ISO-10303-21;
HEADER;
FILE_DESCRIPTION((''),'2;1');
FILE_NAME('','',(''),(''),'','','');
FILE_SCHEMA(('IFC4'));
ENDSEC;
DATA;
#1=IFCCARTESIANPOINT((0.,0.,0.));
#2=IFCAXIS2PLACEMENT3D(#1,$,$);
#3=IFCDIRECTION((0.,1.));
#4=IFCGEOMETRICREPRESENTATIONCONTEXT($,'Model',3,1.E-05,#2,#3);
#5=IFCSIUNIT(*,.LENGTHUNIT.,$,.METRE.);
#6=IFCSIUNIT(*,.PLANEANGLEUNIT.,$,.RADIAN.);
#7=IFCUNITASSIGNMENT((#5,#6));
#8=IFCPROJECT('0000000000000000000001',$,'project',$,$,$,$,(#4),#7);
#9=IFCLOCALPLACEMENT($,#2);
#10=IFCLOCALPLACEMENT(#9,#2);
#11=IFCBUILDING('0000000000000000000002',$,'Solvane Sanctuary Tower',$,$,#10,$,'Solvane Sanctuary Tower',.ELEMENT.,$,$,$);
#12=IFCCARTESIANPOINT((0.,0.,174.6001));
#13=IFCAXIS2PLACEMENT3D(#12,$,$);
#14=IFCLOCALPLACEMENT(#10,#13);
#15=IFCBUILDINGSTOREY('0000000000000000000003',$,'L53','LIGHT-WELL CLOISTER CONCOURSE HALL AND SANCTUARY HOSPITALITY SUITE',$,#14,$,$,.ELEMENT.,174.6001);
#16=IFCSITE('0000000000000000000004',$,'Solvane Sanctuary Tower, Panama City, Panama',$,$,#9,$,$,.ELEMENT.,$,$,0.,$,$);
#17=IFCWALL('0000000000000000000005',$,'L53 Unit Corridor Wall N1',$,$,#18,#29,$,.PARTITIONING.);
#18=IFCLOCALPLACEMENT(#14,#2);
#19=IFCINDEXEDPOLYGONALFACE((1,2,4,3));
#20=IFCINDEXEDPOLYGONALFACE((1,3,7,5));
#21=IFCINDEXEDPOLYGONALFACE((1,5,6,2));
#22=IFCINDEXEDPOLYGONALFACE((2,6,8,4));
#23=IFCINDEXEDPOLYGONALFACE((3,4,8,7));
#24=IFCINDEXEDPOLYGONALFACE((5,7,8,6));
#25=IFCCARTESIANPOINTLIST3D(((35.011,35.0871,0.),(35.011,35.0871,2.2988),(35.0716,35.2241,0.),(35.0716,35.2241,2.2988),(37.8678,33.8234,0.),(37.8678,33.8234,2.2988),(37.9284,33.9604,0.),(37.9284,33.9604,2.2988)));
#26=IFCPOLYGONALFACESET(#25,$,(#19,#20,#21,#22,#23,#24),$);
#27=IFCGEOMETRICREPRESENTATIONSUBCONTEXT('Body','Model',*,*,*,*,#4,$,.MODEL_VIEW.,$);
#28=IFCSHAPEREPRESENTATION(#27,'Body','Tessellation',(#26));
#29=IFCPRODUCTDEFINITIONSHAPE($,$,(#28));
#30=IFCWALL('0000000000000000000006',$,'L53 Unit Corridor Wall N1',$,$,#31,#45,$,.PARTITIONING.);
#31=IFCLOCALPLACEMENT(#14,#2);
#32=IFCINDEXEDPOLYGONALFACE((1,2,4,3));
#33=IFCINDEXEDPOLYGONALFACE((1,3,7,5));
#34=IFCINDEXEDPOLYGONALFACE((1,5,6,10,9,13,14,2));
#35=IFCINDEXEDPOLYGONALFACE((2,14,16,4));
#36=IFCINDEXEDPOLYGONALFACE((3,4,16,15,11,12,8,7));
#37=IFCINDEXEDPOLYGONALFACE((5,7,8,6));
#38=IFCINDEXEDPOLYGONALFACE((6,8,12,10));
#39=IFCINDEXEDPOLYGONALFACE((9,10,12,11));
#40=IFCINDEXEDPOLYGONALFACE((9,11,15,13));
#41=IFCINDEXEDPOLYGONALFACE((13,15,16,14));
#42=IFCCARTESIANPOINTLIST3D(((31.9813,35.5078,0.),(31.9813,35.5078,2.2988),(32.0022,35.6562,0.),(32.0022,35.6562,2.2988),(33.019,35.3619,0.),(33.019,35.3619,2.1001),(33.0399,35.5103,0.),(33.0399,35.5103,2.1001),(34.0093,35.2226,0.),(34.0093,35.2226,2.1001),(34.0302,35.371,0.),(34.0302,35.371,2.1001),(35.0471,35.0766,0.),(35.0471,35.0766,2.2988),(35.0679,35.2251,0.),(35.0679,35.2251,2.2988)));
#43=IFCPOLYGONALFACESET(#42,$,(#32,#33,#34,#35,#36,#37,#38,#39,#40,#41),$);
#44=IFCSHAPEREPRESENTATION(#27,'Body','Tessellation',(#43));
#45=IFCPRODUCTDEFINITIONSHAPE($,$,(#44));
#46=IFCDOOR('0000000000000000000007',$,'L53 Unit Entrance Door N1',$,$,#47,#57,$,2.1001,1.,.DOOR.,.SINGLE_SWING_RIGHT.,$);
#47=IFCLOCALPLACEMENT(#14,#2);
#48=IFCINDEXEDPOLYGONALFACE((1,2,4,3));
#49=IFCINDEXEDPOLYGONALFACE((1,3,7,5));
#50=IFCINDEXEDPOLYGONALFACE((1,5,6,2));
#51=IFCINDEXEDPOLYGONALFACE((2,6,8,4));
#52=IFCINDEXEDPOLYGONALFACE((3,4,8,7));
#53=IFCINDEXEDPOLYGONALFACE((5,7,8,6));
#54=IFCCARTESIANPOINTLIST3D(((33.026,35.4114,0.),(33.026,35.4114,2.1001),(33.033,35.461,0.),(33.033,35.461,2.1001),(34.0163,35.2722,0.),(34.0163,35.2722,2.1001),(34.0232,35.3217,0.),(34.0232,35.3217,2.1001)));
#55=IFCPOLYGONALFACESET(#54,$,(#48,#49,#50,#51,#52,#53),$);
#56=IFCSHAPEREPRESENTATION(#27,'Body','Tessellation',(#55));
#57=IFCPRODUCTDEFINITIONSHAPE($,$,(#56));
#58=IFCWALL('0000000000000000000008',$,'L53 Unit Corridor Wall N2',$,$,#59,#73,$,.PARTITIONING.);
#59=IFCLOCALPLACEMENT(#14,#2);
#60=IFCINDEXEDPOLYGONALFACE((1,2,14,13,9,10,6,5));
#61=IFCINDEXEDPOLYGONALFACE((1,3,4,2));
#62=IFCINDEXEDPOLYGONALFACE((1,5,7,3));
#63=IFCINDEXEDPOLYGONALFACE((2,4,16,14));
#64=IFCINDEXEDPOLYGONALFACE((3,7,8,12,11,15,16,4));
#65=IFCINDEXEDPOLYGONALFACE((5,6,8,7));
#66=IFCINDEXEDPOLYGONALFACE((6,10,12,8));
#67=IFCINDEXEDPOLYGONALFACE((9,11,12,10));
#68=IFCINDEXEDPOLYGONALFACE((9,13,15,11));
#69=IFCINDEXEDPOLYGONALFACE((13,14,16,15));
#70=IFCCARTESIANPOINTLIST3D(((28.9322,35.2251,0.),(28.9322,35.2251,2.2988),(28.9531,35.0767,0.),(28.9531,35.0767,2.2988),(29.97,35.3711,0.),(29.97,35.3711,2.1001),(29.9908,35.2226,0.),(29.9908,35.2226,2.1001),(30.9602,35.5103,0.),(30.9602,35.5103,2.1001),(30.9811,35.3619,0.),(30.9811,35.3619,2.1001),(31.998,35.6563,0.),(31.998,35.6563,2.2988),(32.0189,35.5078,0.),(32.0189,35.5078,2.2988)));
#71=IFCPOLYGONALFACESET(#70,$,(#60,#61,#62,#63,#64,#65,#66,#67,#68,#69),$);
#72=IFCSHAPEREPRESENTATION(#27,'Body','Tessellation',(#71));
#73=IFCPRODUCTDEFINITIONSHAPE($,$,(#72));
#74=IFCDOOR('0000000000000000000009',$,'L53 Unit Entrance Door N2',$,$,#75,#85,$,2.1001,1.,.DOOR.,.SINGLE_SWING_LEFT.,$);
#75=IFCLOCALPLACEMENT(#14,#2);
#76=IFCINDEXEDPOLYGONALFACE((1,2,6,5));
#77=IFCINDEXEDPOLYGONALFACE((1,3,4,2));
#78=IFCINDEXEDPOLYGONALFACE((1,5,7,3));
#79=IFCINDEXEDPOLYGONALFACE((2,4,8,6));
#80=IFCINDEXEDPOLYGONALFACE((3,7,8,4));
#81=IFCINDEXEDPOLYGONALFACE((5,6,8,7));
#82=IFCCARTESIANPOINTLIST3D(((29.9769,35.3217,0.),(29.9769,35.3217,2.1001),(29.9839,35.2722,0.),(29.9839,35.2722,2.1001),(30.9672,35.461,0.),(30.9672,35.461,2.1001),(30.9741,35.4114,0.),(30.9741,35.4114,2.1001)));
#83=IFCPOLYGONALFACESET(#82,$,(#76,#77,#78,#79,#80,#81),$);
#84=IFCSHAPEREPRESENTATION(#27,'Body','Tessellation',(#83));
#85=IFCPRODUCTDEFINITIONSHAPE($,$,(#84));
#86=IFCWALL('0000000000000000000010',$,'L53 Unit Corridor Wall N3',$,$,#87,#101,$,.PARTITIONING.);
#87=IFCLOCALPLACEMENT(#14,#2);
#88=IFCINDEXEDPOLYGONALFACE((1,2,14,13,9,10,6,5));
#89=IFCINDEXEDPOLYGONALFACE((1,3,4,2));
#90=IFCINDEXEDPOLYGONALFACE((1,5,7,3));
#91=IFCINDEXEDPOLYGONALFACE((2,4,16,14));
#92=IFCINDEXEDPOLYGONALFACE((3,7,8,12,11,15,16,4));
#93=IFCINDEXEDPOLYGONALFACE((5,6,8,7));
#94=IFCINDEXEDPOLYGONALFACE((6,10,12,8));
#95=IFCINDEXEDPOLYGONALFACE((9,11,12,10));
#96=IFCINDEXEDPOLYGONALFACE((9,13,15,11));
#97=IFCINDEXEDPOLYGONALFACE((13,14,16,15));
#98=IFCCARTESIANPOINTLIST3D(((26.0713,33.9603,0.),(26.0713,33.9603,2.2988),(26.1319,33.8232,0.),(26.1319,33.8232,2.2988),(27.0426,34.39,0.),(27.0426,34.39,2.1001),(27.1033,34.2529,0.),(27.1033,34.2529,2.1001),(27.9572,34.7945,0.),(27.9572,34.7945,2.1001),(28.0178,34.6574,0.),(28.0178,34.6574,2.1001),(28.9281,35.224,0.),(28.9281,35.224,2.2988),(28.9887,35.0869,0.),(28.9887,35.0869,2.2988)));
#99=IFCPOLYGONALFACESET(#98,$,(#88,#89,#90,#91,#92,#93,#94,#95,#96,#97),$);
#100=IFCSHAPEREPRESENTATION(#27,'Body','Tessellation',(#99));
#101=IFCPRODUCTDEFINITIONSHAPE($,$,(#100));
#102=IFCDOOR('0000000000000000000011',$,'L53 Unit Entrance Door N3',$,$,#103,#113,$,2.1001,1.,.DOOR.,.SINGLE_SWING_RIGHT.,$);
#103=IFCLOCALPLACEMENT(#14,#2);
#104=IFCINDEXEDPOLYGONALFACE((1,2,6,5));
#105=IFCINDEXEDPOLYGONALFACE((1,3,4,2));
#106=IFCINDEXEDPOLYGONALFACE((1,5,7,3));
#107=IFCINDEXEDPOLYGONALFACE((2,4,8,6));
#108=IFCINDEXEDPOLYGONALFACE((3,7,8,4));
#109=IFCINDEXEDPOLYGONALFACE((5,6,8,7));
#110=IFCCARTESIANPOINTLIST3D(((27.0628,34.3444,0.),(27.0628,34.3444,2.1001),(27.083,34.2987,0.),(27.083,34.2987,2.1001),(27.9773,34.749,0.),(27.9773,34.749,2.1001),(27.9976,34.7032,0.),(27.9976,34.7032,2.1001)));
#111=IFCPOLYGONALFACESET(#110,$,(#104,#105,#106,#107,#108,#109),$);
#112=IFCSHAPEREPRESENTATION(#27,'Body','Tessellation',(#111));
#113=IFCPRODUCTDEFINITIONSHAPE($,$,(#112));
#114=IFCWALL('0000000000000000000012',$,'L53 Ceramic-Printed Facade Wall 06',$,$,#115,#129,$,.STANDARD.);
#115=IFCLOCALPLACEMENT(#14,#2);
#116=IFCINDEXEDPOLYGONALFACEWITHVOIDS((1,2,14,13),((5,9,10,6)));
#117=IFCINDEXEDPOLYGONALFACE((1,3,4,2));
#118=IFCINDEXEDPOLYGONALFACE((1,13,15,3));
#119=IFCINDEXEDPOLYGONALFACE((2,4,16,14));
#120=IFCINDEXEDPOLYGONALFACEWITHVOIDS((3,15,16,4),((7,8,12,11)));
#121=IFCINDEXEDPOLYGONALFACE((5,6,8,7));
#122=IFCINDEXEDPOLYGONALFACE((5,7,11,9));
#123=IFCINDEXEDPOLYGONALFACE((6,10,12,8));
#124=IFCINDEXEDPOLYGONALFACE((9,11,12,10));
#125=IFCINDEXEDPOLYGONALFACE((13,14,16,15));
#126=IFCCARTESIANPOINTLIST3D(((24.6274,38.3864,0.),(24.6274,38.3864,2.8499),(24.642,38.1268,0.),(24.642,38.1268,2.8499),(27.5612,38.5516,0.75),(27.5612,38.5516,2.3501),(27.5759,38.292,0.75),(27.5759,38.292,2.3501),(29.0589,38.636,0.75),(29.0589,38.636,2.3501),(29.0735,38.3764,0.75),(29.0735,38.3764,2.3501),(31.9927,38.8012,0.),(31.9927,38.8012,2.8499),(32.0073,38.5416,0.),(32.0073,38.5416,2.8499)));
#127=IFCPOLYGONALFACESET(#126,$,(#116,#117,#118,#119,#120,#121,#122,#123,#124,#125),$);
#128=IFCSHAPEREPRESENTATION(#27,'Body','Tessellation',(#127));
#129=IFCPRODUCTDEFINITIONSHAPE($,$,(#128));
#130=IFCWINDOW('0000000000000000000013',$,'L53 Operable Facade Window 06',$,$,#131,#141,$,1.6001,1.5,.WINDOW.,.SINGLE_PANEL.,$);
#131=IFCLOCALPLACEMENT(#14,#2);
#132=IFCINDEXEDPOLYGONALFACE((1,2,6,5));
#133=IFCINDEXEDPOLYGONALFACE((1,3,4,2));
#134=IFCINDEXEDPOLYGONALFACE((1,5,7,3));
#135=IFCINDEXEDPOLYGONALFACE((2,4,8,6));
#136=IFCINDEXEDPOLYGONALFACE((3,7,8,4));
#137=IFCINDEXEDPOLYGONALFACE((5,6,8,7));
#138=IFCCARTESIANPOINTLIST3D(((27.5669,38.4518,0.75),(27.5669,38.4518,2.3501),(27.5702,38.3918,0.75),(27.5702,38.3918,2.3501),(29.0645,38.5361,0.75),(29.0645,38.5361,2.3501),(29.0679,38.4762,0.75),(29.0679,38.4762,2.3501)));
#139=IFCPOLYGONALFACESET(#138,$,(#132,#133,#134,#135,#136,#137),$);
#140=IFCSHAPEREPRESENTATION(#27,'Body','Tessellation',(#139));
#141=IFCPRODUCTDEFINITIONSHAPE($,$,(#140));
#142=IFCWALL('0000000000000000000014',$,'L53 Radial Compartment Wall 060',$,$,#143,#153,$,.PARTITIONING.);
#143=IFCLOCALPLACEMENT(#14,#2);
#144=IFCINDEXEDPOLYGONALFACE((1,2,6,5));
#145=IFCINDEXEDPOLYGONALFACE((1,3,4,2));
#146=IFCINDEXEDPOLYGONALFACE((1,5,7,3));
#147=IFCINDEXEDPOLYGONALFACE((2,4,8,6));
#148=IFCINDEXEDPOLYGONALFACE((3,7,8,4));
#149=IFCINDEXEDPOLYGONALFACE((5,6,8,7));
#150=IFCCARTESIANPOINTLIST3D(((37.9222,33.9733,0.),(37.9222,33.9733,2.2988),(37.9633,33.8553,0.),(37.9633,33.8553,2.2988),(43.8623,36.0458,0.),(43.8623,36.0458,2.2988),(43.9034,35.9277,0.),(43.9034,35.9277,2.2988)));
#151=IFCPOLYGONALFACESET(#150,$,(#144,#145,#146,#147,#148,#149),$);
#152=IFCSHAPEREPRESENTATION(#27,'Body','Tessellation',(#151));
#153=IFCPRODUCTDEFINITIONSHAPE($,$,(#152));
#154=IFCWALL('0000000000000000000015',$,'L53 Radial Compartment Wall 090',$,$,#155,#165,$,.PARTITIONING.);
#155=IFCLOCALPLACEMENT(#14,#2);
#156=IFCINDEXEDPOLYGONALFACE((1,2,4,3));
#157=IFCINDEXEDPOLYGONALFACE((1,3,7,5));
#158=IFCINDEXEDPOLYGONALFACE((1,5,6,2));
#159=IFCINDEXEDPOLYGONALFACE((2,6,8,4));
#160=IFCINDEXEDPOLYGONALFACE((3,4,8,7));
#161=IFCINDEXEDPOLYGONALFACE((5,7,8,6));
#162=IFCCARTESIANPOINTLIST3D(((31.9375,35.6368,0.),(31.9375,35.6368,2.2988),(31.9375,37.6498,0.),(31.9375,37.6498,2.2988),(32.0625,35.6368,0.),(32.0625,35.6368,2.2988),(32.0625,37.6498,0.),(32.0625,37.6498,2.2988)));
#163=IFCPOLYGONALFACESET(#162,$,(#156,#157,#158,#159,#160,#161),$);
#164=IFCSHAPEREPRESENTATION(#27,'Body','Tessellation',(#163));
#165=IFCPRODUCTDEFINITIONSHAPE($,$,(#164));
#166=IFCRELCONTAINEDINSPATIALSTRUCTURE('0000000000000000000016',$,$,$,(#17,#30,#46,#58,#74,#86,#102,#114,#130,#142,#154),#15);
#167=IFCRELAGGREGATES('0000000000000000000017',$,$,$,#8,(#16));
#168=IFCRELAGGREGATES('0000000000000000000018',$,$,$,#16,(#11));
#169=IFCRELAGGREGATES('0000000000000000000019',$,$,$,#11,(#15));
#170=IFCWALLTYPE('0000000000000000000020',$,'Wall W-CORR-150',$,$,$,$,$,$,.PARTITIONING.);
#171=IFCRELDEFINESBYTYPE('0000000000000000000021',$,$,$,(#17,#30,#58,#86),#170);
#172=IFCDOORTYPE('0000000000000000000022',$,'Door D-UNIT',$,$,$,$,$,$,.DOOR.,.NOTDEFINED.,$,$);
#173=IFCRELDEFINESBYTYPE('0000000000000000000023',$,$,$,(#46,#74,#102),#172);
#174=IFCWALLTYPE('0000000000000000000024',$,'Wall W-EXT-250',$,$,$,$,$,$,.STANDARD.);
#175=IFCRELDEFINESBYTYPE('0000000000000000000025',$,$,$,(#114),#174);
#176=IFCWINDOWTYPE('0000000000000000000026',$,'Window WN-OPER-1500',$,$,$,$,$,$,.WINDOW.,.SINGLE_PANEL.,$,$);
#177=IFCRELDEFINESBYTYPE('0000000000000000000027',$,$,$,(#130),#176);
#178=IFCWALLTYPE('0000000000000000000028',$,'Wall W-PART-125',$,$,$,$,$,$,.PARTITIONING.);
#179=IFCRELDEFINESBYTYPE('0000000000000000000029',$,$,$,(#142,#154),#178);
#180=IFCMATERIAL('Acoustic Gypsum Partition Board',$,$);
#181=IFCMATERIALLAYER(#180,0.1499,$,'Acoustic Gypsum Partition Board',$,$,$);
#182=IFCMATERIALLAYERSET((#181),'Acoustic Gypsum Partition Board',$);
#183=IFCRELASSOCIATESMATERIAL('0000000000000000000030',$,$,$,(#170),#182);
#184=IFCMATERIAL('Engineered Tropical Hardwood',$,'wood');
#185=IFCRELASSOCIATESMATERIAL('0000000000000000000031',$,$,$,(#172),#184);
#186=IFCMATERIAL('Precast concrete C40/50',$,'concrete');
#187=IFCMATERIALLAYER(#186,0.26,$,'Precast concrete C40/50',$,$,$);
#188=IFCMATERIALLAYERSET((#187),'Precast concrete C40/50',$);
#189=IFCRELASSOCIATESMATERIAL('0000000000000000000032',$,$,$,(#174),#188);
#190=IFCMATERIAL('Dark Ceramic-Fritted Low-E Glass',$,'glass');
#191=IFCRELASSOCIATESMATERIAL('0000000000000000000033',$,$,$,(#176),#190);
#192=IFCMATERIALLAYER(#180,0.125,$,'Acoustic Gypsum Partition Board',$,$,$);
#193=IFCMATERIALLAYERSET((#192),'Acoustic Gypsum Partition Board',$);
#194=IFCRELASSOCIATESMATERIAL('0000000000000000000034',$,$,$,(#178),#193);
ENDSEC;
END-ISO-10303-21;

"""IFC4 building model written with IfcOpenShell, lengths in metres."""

from ifc_helpers import new_model, si_unit, direction, frame, frame_2d, origin, place, context, subcontext, project, spatial, rectangle, extrude, material, layer, layer_set, type_object, element, fill, save


model = new_model("IFC4")

# Units and contexts
model_context = context("Model", 3, precision=1e-05, world=origin(), true_north=direction((0.0, 1.0)))
body_context = subcontext(model_context, "Body", "Model", "MODEL_VIEW")
ifc_project = project(units=[si_unit("LENGTHUNIT", "METRE"), si_unit("PLANEANGLEUNIT", "RADIAN")], contexts=[model_context])

# Site, building, storey
site_placement = place(None, origin())
site = spatial("IfcSite", under=ifc_project, at=site_placement, Name="Solvane Sanctuary Tower, Panama City, Panama", CompositionType="ELEMENT", RefElevation=0.0)
building_placement = place(site_placement, origin())
building = spatial("IfcBuilding", under=site, at=building_placement, Name="Solvane Sanctuary Tower", LongName="Solvane Sanctuary Tower", CompositionType="ELEMENT")
storey_placement = place(building_placement, frame((0.0, 0.0, 174.6001)))
storey = spatial("IfcBuildingStorey", under=building, at=storey_placement, Name="L53", Description="LIGHT-WELL CLOISTER CONCOURSE HALL AND SANCTUARY HOSPITALITY SUITE", CompositionType="ELEMENT", Elevation=174.6001)

# Shared definitions
ifc_material_1 = material(Name="Acoustic Gypsum Partition Board")
ifc_layer_1 = layer(ifc_material_1, 0.1499, Name="Acoustic Gypsum Partition Board")
ifc_layer_set_1 = layer_set([ifc_layer_1], Name="Acoustic Gypsum Partition Board")
wall_type_1 = type_object("IfcWallType", Name="Wall W-CORR-150", PredefinedType="PARTITIONING", material=ifc_layer_set_1)

# Shared definitions
ifc_material_2 = material(Name="Engineered Tropical Hardwood", Category="wood")

# Wall
wall_1_placement = place(storey_placement, frame((37.8982, 33.8918, 0.0), z_axis=(0.0, 0.0, 1.0), x_axis=(-0.914519, 0.404542, 0.0)))
element("IfcWall", 1, at=wall_1_placement, inside=storey, type_object=wall_type_1, Name="L53 Unit Corridor Wall N1", PredefinedType="PARTITIONING", context=body_context, shape_type="SweptSolid", body=[
    extrude(rectangle(XDim=3.1238, YDim=0.1499, at=frame_2d((1.562, 0.0))), origin(), (0.0, 0.0, 1.0), 2.2988),
])

# Walls, openings, doors
wall_2_placement = place(storey_placement, frame((35.0574, 35.1509, 0.0), z_axis=(0.0, 0.0, 1.0), x_axis=(-0.990255, 0.139268, 0.0)))
wall_2 = element("IfcWall", 2, at=wall_2_placement, inside=storey, type_object=wall_type_1, Name="L53 Unit Corridor Wall N1", PredefinedType="PARTITIONING", context=body_context, shape_type="SweptSolid", body=[
    extrude(rectangle(XDim=3.0959, YDim=0.1499, at=frame_2d((1.5479, 0.0))), origin(), (0.0, 0.0, 1.0), 2.2988),
])
opening_1_placement = place(wall_2_placement, frame((1.0479, 0.0, 0.0)))
opening_1 = element("IfcOpeningElement", 3, at=opening_1_placement, cuts=wall_2, PredefinedType="OPENING", context=body_context, shape_type="SweptSolid", body=[
    extrude(rectangle(XDim=1.0, YDim=2.1001, at=frame_2d((0.5, 1.05))), frame((0.0, 0.085, 0.0), z_axis=(0.0, -1.0, 0.0), x_axis=(1.0, 0.0, 0.0)), (0.0, 0.0, 1.0), 0.1699),
])
door_type_1 = type_object("IfcDoorType", Name="Door D-UNIT", OperationType="NOTDEFINED", PredefinedType="DOOR", material=ifc_material_2)
door_1_placement = place(opening_1_placement, origin())
door_1 = element("IfcDoor", 4, at=door_1_placement, inside=storey, type_object=door_type_1, Name="L53 Unit Entrance Door N1", OperationType="SINGLE_SWING_RIGHT", OverallHeight=2.1001, OverallWidth=1.0, PredefinedType="DOOR", context=body_context, shape_type="SweptSolid", body=[
    extrude(rectangle(XDim=1.0, YDim=2.1001, at=frame_2d((0.5, 1.05))), frame((0.0, 0.0249, 0.0), z_axis=(0.0, -1.0, 0.0), x_axis=(1.0, 0.0, 0.0)), (0.0, 0.0, 1.0), 0.05),
])
fill(opening_1, door_1)
wall_3_placement = place(storey_placement, frame((32.0083, 35.582, 0.0), z_axis=(0.0, 0.0, 1.0), x_axis=(-0.990255, -0.139268, 0.0)))
wall_3 = element("IfcWall", 5, at=wall_3_placement, inside=storey, type_object=wall_type_1, Name="L53 Unit Corridor Wall N2", PredefinedType="PARTITIONING", context=body_context, shape_type="SweptSolid", body=[
    extrude(rectangle(XDim=3.0959, YDim=0.1499, at=frame_2d((1.5479, 0.0))), origin(), (0.0, 0.0, 1.0), 2.2988),
])
opening_2_placement = place(wall_3_placement, frame((1.0479, 0.0, 0.0)))
opening_2 = element("IfcOpeningElement", 6, at=opening_2_placement, cuts=wall_3, PredefinedType="OPENING", context=body_context, shape_type="SweptSolid", body=[
    extrude(rectangle(XDim=1.0, YDim=2.1001, at=frame_2d((0.5, 1.05))), frame((0.0, 0.085, 0.0), z_axis=(0.0, -1.0, 0.0), x_axis=(1.0, 0.0, 0.0)), (0.0, 0.0, 1.0), 0.1699),
])
door_2_placement = place(opening_2_placement, origin())
door_2 = element("IfcDoor", 7, at=door_2_placement, inside=storey, type_object=door_type_1, Name="L53 Unit Entrance Door N2", OperationType="SINGLE_SWING_LEFT", OverallHeight=2.1001, OverallWidth=1.0, PredefinedType="DOOR", context=body_context, shape_type="SweptSolid", body=[
    extrude(rectangle(XDim=1.0, YDim=2.1001, at=frame_2d((0.5, 1.05))), frame((0.0, 0.0249, 0.0), z_axis=(0.0, -1.0, 0.0), x_axis=(1.0, 0.0, 0.0)), (0.0, 0.0, 1.0), 0.05),
])
fill(opening_2, door_2)
wall_4_placement = place(storey_placement, frame((28.9585, 35.1555, 0.0), z_axis=(0.0, 0.0, 1.0), x_axis=(-0.914519, -0.404542, 0.0)))
wall_4 = element("IfcWall", 8, at=wall_4_placement, inside=storey, type_object=wall_type_1, Name="L53 Unit Corridor Wall N3", PredefinedType="PARTITIONING", context=body_context, shape_type="SweptSolid", body=[
    extrude(rectangle(XDim=3.1238, YDim=0.1499, at=frame_2d((1.562, 0.0))), origin(), (0.0, 0.0, 1.0), 2.2988),
])
opening_3_placement = place(wall_4_placement, frame((1.0618, 0.0, 0.0)))
opening_3 = element("IfcOpeningElement", 9, at=opening_3_placement, cuts=wall_4, PredefinedType="OPENING", context=body_context, shape_type="SweptSolid", body=[
    extrude(rectangle(XDim=1.0, YDim=2.1001, at=frame_2d((0.5, 1.05))), frame((0.0, 0.085, 0.0), z_axis=(0.0, -1.0, 0.0), x_axis=(1.0, 0.0, 0.0)), (0.0, 0.0, 1.0), 0.1699),
])
door_3_placement = place(opening_3_placement, origin())
door_3 = element("IfcDoor", 10, at=door_3_placement, inside=storey, type_object=door_type_1, Name="L53 Unit Entrance Door N3", OperationType="SINGLE_SWING_RIGHT", OverallHeight=2.1001, OverallWidth=1.0, PredefinedType="DOOR", context=body_context, shape_type="SweptSolid", body=[
    extrude(rectangle(XDim=1.0, YDim=2.1001, at=frame_2d((0.5, 1.05))), frame((0.0, 0.0249, 0.0), z_axis=(0.0, -1.0, 0.0), x_axis=(1.0, 0.0, 0.0)), (0.0, 0.0, 1.0), 0.05),
])
fill(opening_3, door_3)

# Wall, opening, window
ifc_material_3 = material(Name="Precast concrete C40/50", Category="concrete")
ifc_layer_2 = layer(ifc_material_3, 0.26, Name="Precast concrete C40/50")
ifc_layer_set_2 = layer_set([ifc_layer_2], Name="Precast concrete C40/50")
wall_type_2 = type_object("IfcWallType", Name="Wall W-EXT-250", PredefinedType="STANDARD", material=ifc_layer_set_2)
wall_5_placement = place(storey_placement, frame((32.0, 38.6714, 0.0), z_axis=(0.0, 0.0, 1.0), x_axis=(-0.998418, -0.056229, 0.0)))
wall_5 = element("IfcWall", 11, at=wall_5_placement, inside=storey, type_object=wall_type_2, Name="L53 Ceramic-Printed Facade Wall 06", PredefinedType="STANDARD", context=body_context, shape_type="SweptSolid", body=[
    extrude(rectangle(XDim=7.377, YDim=0.26, at=frame_2d((3.6885, 0.0))), origin(), (0.0, 0.0, 1.0), 2.8499),
])
opening_4_placement = place(wall_5_placement, frame((2.9385, 0.0, 0.75)))
opening_4 = element("IfcOpeningElement", 12, at=opening_4_placement, cuts=wall_5, PredefinedType="OPENING", context=body_context, shape_type="SweptSolid", body=[
    extrude(rectangle(XDim=1.5, YDim=1.6001, at=frame_2d((0.75, 0.8))), frame((0.0, 0.1399, 0.0), z_axis=(0.0, -1.0, 0.0), x_axis=(1.0, 0.0, 0.0)), (0.0, 0.0, 1.0), 0.28),
])
ifc_material_4 = material(Name="Dark Ceramic-Fritted Low-E Glass", Category="glass")
window_type = type_object("IfcWindowType", Name="Window WN-OPER-1500", PartitioningType="SINGLE_PANEL", PredefinedType="WINDOW", material=ifc_material_4)
window_placement = place(opening_4_placement, origin())
window = element("IfcWindow", 13, at=window_placement, inside=storey, type_object=window_type, Name="L53 Operable Facade Window 06", OverallHeight=1.6001, OverallWidth=1.5, PartitioningType="SINGLE_PANEL", PredefinedType="WINDOW", context=body_context, shape_type="SweptSolid", body=[
    extrude(rectangle(XDim=1.5, YDim=1.6001, at=frame_2d((0.75, 0.8))), frame((0.0, 0.03, 0.0), z_axis=(0.0, -1.0, 0.0), x_axis=(1.0, 0.0, 0.0)), (0.0, 0.0, 1.0), 0.0601),
])
fill(opening_4, window)

# Walls
ifc_layer_3 = layer(ifc_material_1, 0.125, Name="Acoustic Gypsum Partition Board")
ifc_layer_set_3 = layer_set([ifc_layer_3], Name="Acoustic Gypsum Partition Board")
wall_type_3 = type_object("IfcWallType", Name="Wall W-PART-125", PredefinedType="PARTITIONING", material=ifc_layer_set_3)
wall_6_placement = place(storey_placement, frame((37.9429, 33.9143, 0.0), z_axis=(0.0, 0.0, 1.0), x_axis=(0.944183, 0.329422, 0.0)))
element("IfcWall", 14, at=wall_6_placement, inside=storey, type_object=wall_type_3, Name="L53 Radial Compartment Wall 060", PredefinedType="PARTITIONING", context=body_context, shape_type="SweptSolid", body=[
    extrude(rectangle(XDim=6.2913, YDim=0.125, at=frame_2d((3.1455, 0.0))), origin(), (0.0, 0.0, 1.0), 2.2988),
])
wall_7_placement = place(storey_placement, frame((32.0, 35.637, 0.0), z_axis=(0.0, 0.0, 1.0), x_axis=(0.0, 1.0, 0.0)))
element("IfcWall", 15, at=wall_7_placement, inside=storey, type_object=wall_type_3, Name="L53 Radial Compartment Wall 090", PredefinedType="PARTITIONING", context=body_context, shape_type="SweptSolid", body=[
    extrude(rectangle(XDim=2.0129, YDim=0.125, at=frame_2d((1.0063, 0.0))), origin(), (0.0, 0.0, 1.0), 2.2988),
])

save(model, "model.ifc")
